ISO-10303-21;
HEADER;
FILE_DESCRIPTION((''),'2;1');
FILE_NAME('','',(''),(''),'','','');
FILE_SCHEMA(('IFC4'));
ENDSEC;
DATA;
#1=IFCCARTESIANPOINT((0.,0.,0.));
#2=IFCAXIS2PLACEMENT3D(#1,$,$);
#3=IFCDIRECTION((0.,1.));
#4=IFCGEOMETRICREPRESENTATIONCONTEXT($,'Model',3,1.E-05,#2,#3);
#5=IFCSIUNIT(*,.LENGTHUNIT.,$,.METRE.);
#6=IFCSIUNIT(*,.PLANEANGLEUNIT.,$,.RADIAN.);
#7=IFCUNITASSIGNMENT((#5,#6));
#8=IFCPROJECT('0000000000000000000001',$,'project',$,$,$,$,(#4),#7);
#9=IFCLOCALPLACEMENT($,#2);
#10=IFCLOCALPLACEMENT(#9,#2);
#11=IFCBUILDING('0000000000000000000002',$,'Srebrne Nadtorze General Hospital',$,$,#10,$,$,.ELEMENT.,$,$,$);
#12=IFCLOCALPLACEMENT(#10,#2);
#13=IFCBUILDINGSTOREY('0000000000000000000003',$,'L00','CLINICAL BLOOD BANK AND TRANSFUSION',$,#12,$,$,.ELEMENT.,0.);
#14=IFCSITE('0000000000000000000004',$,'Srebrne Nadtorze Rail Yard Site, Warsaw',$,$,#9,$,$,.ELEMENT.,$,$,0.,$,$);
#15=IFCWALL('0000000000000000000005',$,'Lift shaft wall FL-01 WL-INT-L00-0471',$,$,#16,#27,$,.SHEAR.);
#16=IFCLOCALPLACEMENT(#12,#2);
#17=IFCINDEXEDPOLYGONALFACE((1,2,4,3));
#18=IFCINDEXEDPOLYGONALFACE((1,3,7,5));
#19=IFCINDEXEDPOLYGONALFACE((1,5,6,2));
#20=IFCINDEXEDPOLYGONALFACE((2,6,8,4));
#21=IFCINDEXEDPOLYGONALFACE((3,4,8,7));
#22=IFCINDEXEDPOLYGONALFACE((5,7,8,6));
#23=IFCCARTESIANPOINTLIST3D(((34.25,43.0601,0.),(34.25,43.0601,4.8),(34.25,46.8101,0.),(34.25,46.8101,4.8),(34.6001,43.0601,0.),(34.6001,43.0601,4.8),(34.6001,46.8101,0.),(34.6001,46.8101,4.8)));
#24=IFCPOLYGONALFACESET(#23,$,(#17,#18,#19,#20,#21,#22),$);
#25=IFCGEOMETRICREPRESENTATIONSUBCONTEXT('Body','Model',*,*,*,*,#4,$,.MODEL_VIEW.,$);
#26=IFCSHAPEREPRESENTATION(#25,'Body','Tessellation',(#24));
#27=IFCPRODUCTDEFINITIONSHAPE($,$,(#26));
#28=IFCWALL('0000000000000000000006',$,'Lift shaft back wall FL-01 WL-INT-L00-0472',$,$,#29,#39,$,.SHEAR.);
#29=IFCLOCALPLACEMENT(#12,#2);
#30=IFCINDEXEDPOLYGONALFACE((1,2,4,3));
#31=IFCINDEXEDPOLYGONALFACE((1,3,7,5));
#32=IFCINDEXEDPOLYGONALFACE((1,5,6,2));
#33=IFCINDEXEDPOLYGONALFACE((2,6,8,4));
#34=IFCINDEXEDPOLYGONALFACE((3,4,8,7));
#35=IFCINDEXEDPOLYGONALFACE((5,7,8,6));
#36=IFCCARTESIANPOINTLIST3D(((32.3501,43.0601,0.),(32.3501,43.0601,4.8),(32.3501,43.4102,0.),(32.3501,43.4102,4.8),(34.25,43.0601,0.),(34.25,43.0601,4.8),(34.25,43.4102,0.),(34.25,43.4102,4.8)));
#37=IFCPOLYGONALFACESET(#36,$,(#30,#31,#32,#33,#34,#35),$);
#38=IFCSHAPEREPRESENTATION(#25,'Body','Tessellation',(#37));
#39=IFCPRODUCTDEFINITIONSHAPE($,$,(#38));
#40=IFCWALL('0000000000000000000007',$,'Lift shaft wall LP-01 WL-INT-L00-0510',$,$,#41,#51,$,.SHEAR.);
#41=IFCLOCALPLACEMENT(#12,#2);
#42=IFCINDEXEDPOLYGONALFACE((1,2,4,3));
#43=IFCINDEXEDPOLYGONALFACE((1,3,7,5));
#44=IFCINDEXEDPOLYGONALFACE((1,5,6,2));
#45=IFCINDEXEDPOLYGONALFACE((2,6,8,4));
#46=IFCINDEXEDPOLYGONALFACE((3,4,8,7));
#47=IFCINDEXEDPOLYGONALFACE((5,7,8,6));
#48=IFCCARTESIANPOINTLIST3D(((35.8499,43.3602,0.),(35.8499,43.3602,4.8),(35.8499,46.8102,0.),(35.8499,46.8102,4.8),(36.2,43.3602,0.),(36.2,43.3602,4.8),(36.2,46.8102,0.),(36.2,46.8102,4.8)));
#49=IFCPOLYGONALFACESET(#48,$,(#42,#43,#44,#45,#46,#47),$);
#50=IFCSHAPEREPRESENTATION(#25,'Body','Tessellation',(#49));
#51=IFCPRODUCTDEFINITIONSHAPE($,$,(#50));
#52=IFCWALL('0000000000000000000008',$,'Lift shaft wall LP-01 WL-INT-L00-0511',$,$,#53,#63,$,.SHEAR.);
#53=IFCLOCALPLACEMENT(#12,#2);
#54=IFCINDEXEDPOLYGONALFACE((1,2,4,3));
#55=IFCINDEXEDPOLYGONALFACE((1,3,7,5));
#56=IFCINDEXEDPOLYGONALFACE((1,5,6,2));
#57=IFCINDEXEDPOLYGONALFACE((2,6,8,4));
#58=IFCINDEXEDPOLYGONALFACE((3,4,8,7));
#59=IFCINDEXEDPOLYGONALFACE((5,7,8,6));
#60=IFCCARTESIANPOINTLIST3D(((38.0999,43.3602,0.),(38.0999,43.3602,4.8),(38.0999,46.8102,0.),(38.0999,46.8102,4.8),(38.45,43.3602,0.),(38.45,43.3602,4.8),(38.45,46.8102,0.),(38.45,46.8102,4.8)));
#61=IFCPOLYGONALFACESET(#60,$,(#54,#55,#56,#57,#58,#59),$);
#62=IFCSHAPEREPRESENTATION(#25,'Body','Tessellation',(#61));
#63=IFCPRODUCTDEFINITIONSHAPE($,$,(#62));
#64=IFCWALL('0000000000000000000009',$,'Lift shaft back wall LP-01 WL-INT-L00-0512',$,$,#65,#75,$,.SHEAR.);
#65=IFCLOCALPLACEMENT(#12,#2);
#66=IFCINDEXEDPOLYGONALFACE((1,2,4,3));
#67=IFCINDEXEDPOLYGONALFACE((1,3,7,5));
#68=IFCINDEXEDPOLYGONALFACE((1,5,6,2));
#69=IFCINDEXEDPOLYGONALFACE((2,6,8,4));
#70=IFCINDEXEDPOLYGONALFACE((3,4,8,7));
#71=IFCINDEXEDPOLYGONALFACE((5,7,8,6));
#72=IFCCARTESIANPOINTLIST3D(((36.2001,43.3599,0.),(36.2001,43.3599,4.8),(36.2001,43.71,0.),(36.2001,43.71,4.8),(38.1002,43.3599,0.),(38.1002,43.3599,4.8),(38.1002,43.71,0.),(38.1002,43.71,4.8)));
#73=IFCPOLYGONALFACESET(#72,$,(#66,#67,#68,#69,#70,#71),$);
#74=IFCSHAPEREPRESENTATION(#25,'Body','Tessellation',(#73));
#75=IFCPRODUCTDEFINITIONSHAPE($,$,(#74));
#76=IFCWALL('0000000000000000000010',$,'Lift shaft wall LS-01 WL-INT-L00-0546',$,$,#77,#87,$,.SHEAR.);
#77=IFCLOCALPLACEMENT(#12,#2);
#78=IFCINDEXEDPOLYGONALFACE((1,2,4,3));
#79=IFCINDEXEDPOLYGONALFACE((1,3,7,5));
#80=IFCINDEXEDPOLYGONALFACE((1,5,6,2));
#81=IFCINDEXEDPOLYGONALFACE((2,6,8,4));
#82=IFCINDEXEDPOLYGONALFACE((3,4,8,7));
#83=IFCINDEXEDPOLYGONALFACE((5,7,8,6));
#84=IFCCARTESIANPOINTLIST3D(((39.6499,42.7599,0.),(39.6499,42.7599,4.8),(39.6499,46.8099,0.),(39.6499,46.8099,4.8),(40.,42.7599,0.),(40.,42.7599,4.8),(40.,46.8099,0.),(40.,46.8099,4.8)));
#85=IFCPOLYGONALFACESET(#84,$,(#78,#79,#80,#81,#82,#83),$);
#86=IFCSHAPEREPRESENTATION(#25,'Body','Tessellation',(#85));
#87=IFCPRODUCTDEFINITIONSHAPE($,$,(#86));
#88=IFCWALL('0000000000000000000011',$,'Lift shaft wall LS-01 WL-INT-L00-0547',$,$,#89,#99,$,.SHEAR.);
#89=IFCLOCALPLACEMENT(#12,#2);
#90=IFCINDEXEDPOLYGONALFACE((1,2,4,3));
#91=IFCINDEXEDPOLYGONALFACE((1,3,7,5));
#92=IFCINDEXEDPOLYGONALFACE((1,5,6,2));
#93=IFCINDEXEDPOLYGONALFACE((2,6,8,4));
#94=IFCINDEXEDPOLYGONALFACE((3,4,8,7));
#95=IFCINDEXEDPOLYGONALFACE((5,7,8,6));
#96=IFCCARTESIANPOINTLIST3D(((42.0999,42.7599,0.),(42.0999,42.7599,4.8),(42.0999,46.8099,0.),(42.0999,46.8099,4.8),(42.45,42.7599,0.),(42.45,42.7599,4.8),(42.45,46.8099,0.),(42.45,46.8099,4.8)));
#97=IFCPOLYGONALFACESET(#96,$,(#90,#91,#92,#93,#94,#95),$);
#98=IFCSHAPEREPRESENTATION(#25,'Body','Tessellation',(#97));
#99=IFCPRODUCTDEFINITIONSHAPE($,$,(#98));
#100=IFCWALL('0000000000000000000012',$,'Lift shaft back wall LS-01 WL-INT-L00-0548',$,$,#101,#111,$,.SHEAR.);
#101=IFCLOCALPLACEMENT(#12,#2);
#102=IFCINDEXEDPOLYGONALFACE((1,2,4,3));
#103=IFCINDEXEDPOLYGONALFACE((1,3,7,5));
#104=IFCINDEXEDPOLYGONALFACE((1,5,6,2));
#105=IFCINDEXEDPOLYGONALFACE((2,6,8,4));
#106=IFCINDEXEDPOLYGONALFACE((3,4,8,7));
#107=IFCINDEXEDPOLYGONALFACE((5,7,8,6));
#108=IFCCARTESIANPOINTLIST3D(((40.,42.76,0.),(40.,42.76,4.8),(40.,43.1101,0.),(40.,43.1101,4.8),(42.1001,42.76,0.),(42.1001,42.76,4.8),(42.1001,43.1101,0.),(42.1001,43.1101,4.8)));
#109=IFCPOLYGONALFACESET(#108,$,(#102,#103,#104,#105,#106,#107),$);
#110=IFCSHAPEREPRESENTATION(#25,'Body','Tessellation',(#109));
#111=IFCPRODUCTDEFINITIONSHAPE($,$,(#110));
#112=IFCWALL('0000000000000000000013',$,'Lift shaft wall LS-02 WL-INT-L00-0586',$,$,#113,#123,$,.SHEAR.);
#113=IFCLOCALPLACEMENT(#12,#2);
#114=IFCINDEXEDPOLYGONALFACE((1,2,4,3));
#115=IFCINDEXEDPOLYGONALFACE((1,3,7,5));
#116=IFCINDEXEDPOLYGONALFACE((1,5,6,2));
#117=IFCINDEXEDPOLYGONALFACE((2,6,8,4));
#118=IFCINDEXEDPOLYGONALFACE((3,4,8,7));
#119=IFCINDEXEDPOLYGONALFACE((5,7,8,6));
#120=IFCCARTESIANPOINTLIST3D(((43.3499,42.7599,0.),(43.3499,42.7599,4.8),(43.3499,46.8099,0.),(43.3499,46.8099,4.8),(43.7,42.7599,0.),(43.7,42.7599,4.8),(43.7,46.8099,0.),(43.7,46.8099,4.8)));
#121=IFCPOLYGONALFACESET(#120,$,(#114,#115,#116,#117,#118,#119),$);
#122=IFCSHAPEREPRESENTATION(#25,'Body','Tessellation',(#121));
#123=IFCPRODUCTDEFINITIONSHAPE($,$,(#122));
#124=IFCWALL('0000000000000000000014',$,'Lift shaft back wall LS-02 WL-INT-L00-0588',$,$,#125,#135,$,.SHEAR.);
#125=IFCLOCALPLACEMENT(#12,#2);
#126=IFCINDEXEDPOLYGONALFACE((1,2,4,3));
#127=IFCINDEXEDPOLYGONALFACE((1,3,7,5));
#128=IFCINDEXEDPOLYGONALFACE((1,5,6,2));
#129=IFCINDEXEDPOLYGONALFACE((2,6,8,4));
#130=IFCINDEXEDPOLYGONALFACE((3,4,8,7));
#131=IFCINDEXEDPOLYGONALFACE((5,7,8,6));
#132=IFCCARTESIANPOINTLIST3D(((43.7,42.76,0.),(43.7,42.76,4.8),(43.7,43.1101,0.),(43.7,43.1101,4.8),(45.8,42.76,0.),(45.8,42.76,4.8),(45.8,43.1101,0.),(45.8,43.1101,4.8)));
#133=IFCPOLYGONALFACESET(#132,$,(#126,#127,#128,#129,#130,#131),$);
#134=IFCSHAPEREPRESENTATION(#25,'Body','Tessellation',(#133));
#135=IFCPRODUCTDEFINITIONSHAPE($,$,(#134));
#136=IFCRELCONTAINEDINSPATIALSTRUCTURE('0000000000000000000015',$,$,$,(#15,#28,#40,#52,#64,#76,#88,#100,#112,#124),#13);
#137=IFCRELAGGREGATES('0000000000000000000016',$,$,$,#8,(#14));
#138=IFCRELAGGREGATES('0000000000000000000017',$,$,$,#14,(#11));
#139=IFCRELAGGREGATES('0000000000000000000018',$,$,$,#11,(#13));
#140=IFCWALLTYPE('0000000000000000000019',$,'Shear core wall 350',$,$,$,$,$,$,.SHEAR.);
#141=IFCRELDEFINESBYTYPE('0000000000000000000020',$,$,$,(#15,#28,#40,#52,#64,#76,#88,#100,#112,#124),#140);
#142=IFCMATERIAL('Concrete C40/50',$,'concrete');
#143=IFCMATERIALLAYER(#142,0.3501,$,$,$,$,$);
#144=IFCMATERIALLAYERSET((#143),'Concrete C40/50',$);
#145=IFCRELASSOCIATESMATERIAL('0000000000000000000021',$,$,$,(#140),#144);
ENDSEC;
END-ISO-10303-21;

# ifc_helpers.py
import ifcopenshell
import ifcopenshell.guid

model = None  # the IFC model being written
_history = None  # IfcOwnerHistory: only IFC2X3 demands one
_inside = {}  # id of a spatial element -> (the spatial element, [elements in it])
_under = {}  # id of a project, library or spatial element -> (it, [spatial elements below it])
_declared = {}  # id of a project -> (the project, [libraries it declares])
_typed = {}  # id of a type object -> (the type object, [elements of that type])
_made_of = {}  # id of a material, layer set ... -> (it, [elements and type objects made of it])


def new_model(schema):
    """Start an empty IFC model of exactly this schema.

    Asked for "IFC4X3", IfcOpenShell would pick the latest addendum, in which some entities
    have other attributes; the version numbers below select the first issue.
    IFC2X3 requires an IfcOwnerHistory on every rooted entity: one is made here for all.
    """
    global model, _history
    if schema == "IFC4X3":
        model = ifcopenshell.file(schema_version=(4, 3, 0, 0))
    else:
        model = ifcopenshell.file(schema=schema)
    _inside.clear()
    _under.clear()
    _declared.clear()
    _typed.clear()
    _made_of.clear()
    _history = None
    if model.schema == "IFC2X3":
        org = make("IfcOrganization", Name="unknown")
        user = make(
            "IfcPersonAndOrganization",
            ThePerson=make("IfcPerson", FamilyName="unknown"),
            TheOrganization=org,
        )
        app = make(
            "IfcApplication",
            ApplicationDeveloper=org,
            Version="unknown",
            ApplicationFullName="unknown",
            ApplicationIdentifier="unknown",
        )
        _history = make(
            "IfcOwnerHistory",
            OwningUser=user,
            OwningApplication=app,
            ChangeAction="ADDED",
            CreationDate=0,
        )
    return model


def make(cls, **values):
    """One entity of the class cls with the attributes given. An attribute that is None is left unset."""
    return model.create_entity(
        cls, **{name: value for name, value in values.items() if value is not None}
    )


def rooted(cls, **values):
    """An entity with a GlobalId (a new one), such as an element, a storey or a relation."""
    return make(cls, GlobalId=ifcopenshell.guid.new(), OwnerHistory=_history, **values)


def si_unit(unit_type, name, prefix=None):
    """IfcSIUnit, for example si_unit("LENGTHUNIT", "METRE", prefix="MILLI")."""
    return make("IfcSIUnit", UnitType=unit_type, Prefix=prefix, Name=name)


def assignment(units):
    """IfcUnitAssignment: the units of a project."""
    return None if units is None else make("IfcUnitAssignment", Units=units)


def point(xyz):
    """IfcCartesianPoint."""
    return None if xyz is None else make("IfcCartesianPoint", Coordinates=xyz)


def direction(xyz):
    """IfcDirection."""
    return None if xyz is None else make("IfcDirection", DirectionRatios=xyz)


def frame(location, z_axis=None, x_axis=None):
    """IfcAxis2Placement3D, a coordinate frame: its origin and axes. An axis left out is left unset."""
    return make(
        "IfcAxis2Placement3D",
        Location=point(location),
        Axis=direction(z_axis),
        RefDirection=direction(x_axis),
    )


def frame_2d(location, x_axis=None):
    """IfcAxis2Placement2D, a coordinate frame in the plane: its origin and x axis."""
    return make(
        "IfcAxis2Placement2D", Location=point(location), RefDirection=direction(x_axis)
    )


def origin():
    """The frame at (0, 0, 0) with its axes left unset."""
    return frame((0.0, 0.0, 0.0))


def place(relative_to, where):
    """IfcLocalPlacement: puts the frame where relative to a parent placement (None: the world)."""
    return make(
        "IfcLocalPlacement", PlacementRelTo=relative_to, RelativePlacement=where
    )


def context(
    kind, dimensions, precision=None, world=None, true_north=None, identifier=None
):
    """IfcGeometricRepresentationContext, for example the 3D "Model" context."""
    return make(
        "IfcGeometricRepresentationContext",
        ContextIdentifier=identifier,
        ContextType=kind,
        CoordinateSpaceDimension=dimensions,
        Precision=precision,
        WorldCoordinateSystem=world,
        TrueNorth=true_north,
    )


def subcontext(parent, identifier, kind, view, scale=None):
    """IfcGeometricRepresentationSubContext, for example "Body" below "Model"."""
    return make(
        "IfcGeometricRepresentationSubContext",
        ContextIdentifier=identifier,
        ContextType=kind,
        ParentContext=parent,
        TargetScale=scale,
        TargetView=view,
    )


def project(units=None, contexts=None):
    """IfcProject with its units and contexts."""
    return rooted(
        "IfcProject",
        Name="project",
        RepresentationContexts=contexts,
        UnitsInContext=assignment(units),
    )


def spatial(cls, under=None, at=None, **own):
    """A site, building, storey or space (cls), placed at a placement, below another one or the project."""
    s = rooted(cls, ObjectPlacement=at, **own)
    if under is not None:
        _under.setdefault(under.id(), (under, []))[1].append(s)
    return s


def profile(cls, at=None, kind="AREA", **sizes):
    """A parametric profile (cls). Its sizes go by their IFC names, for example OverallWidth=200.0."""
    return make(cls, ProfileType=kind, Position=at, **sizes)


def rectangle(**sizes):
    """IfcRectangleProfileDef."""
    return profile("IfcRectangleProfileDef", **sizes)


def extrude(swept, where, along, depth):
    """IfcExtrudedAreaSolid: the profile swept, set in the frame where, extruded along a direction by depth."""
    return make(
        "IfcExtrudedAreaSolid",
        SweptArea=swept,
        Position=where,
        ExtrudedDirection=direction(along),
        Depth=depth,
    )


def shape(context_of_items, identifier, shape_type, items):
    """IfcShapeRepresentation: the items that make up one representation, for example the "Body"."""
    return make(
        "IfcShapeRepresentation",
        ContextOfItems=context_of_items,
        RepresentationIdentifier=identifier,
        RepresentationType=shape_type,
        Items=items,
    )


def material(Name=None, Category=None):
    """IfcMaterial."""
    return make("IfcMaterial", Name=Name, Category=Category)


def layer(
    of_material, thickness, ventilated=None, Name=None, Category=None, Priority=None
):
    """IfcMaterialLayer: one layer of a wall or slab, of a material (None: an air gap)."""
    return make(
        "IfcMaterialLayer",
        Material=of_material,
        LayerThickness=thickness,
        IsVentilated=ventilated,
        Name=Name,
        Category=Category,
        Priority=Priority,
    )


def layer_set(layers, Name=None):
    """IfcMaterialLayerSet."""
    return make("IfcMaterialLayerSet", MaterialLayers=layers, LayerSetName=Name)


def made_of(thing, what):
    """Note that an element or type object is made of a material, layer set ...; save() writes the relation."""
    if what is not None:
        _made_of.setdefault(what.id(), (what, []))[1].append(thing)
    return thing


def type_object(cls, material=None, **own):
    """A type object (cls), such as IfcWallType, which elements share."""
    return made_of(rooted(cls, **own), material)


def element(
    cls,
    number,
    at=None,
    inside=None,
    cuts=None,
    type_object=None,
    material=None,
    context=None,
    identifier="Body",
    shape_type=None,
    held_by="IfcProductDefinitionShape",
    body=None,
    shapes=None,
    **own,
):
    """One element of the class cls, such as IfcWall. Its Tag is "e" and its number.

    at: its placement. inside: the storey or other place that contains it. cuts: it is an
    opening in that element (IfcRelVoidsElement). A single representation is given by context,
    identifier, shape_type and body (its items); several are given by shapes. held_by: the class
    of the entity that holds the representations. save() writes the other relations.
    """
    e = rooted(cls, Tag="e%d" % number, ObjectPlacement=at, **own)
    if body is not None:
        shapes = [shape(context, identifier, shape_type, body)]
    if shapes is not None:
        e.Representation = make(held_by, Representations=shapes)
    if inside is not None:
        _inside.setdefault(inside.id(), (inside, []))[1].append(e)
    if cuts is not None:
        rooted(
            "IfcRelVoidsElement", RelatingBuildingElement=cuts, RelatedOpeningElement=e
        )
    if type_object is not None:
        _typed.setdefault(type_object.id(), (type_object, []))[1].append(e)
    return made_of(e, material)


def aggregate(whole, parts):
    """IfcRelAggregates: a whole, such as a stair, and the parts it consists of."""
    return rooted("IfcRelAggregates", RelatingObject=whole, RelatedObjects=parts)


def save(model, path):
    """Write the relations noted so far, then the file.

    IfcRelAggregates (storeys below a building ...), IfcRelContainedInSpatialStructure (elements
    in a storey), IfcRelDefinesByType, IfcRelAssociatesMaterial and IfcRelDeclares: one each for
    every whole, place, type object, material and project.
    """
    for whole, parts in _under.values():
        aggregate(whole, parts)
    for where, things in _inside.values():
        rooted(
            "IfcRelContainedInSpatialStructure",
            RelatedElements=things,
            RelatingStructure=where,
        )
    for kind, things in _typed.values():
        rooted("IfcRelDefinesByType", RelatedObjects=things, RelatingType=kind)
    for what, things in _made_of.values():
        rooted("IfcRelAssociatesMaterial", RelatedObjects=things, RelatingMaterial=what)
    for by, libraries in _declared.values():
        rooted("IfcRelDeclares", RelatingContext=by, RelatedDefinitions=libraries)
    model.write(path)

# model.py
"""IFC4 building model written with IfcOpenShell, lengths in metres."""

from ifc_helpers import new_model, si_unit, direction, frame, frame_2d, origin, place, context, subcontext, project, spatial, rectangle, extrude, material, layer, layer_set, type_object, element, save


model = new_model("IFC4")

# Units and contexts
model_context = context("Model", 3, precision=1e-05, world=origin(), true_north=direction((0.0, 1.0)))
body_context = subcontext(model_context, "Body", "Model", "MODEL_VIEW")
ifc_project = project(units=[si_unit("LENGTHUNIT", "METRE"), si_unit("PLANEANGLEUNIT", "RADIAN")], contexts=[model_context])

# Site, building, storey
site_placement = place(None, origin())
site = spatial("IfcSite", under=ifc_project, at=site_placement, Name="Srebrne Nadtorze Rail Yard Site, Warsaw", CompositionType="ELEMENT", RefElevation=0.0)
building_placement = place(site_placement, origin())
building = spatial("IfcBuilding", under=site, at=building_placement, Name="Srebrne Nadtorze General Hospital", CompositionType="ELEMENT")
storey_placement = place(building_placement, origin())
storey = spatial("IfcBuildingStorey", under=building, at=storey_placement, Name="L00", Description="CLINICAL BLOOD BANK AND TRANSFUSION", CompositionType="ELEMENT", Elevation=0.0)

# Walls
ifc_material_1 = material(Name="Concrete C40/50", Category="concrete")
ifc_layer_1 = layer(ifc_material_1, 0.3501)
ifc_layer_set_1 = layer_set([ifc_layer_1], Name="Concrete C40/50")
wall_type_1 = type_object("IfcWallType", Name="Shear core wall 350", PredefinedType="SHEAR", material=ifc_layer_set_1)
for number, where, z_axis, x_axis, name in (
    (1, (34.425, 43.0601, 0.0), (0.0, 0.0, 1.0), (0.0, 1.0, 0.0), "Lift shaft wall FL-01 WL-INT-L00-0471"),
):
    element("IfcWall", number, at=place(storey_placement, frame(where, z_axis=z_axis, x_axis=x_axis)), inside=storey, type_object=wall_type_1, Name=name, PredefinedType="SHEAR", context=body_context, shape_type="SweptSolid", body=[
        extrude(rectangle(XDim=3.75, YDim=0.3501, at=frame_2d((1.875, 0.0))), origin(), (0.0, 0.0, 1.0), 4.8),
    ])
wall_1_placement = place(storey_placement, frame((32.3501, 43.2351, 0.0), z_axis=(0.0, 0.0, 1.0), x_axis=(1.0, 0.0, 0.0)))
element("IfcWall", 2, at=wall_1_placement, inside=storey, type_object=wall_type_1, Name="Lift shaft back wall FL-01 WL-INT-L00-0472", PredefinedType="SHEAR", context=body_context, shape_type="SweptSolid", body=[
    extrude(rectangle(XDim=1.8999, YDim=0.3501, at=frame_2d((0.95, 0.0))), origin(), (0.0, 0.0, 1.0), 4.8),
])
for number, where, z_axis, x_axis, name in (
    (3, (36.0249, 43.3601, 0.0), (0.0, 0.0, 1.0), (0.0, 1.0, 0.0), "Lift shaft wall LP-01 WL-INT-L00-0510"),
    (4, (38.2749, 43.3601, 0.0), (0.0, 0.0, 1.0), (0.0, 1.0, 0.0), "Lift shaft wall LP-01 WL-INT-L00-0511"),
):
    element("IfcWall", number, at=place(storey_placement, frame(where, z_axis=z_axis, x_axis=x_axis)), inside=storey, type_object=wall_type_1, Name=name, PredefinedType="SHEAR", context=body_context, shape_type="SweptSolid", body=[
        extrude(rectangle(XDim=3.45, YDim=0.3501, at=frame_2d((1.7251, 0.0))), origin(), (0.0, 0.0, 1.0), 4.8),
    ])
wall_2_placement = place(storey_placement, frame((36.2, 43.5349, 0.0), z_axis=(0.0, 0.0, 1.0), x_axis=(1.0, 0.0, 0.0)))
element("IfcWall", 5, at=wall_2_placement, inside=storey, type_object=wall_type_1, Name="Lift shaft back wall LP-01 WL-INT-L00-0512", PredefinedType="SHEAR", context=body_context, shape_type="SweptSolid", body=[
    extrude(rectangle(XDim=1.9001, YDim=0.3501, at=frame_2d((0.9502, 0.0))), origin(), (0.0, 0.0, 1.0), 4.8),
])
for number, where, z_axis, x_axis, name in (
    (6, (39.825, 42.76, 0.0), (0.0, 0.0, 1.0), (0.0, 1.0, 0.0), "Lift shaft wall LS-01 WL-INT-L00-0546"),
    (7, (42.2749, 42.76, 0.0), (0.0, 0.0, 1.0), (0.0, 1.0, 0.0), "Lift shaft wall LS-01 WL-INT-L00-0547"),
):
    element("IfcWall", number, at=place(storey_placement, frame(where, z_axis=z_axis, x_axis=x_axis)), inside=storey, type_object=wall_type_1, Name=name, PredefinedType="SHEAR", context=body_context, shape_type="SweptSolid", body=[
        extrude(rectangle(XDim=4.05, YDim=0.3501, at=frame_2d((2.0249, 0.0))), origin(), (0.0, 0.0, 1.0), 4.8),
    ])
wall_3_placement = place(storey_placement, frame((40.0, 42.9351, 0.0), z_axis=(0.0, 0.0, 1.0), x_axis=(1.0, 0.0, 0.0)))
element("IfcWall", 8, at=wall_3_placement, inside=storey, type_object=wall_type_1, Name="Lift shaft back wall LS-01 WL-INT-L00-0548", PredefinedType="SHEAR", context=body_context, shape_type="SweptSolid", body=[
    extrude(rectangle(XDim=2.1001, YDim=0.3501, at=frame_2d((1.05, 0.0))), origin(), (0.0, 0.0, 1.0), 4.8),
])
wall_4_placement = place(storey_placement, frame((43.5249, 42.76, 0.0), z_axis=(0.0, 0.0, 1.0), x_axis=(0.0, 1.0, 0.0)))
element("IfcWall", 9, at=wall_4_placement, inside=storey, type_object=wall_type_1, Name="Lift shaft wall LS-02 WL-INT-L00-0586", PredefinedType="SHEAR", context=body_context, shape_type="SweptSolid", body=[
    extrude(rectangle(XDim=4.05, YDim=0.3501, at=frame_2d((2.0249, 0.0))), origin(), (0.0, 0.0, 1.0), 4.8),
])
wall_5_placement = place(storey_placement, frame((43.7, 42.9351, 0.0), z_axis=(0.0, 0.0, 1.0), x_axis=(1.0, 0.0, 0.0)))
element("IfcWall", 10, at=wall_5_placement, inside=storey, type_object=wall_type_1, Name="Lift shaft back wall LS-02 WL-INT-L00-0588", PredefinedType="SHEAR", context=body_context, shape_type="SweptSolid", body=[
    extrude(rectangle(XDim=2.1001, YDim=0.3501, at=frame_2d((1.05, 0.0))), origin(), (0.0, 0.0, 1.0), 4.8),
])

save(model, "model.ifc")
